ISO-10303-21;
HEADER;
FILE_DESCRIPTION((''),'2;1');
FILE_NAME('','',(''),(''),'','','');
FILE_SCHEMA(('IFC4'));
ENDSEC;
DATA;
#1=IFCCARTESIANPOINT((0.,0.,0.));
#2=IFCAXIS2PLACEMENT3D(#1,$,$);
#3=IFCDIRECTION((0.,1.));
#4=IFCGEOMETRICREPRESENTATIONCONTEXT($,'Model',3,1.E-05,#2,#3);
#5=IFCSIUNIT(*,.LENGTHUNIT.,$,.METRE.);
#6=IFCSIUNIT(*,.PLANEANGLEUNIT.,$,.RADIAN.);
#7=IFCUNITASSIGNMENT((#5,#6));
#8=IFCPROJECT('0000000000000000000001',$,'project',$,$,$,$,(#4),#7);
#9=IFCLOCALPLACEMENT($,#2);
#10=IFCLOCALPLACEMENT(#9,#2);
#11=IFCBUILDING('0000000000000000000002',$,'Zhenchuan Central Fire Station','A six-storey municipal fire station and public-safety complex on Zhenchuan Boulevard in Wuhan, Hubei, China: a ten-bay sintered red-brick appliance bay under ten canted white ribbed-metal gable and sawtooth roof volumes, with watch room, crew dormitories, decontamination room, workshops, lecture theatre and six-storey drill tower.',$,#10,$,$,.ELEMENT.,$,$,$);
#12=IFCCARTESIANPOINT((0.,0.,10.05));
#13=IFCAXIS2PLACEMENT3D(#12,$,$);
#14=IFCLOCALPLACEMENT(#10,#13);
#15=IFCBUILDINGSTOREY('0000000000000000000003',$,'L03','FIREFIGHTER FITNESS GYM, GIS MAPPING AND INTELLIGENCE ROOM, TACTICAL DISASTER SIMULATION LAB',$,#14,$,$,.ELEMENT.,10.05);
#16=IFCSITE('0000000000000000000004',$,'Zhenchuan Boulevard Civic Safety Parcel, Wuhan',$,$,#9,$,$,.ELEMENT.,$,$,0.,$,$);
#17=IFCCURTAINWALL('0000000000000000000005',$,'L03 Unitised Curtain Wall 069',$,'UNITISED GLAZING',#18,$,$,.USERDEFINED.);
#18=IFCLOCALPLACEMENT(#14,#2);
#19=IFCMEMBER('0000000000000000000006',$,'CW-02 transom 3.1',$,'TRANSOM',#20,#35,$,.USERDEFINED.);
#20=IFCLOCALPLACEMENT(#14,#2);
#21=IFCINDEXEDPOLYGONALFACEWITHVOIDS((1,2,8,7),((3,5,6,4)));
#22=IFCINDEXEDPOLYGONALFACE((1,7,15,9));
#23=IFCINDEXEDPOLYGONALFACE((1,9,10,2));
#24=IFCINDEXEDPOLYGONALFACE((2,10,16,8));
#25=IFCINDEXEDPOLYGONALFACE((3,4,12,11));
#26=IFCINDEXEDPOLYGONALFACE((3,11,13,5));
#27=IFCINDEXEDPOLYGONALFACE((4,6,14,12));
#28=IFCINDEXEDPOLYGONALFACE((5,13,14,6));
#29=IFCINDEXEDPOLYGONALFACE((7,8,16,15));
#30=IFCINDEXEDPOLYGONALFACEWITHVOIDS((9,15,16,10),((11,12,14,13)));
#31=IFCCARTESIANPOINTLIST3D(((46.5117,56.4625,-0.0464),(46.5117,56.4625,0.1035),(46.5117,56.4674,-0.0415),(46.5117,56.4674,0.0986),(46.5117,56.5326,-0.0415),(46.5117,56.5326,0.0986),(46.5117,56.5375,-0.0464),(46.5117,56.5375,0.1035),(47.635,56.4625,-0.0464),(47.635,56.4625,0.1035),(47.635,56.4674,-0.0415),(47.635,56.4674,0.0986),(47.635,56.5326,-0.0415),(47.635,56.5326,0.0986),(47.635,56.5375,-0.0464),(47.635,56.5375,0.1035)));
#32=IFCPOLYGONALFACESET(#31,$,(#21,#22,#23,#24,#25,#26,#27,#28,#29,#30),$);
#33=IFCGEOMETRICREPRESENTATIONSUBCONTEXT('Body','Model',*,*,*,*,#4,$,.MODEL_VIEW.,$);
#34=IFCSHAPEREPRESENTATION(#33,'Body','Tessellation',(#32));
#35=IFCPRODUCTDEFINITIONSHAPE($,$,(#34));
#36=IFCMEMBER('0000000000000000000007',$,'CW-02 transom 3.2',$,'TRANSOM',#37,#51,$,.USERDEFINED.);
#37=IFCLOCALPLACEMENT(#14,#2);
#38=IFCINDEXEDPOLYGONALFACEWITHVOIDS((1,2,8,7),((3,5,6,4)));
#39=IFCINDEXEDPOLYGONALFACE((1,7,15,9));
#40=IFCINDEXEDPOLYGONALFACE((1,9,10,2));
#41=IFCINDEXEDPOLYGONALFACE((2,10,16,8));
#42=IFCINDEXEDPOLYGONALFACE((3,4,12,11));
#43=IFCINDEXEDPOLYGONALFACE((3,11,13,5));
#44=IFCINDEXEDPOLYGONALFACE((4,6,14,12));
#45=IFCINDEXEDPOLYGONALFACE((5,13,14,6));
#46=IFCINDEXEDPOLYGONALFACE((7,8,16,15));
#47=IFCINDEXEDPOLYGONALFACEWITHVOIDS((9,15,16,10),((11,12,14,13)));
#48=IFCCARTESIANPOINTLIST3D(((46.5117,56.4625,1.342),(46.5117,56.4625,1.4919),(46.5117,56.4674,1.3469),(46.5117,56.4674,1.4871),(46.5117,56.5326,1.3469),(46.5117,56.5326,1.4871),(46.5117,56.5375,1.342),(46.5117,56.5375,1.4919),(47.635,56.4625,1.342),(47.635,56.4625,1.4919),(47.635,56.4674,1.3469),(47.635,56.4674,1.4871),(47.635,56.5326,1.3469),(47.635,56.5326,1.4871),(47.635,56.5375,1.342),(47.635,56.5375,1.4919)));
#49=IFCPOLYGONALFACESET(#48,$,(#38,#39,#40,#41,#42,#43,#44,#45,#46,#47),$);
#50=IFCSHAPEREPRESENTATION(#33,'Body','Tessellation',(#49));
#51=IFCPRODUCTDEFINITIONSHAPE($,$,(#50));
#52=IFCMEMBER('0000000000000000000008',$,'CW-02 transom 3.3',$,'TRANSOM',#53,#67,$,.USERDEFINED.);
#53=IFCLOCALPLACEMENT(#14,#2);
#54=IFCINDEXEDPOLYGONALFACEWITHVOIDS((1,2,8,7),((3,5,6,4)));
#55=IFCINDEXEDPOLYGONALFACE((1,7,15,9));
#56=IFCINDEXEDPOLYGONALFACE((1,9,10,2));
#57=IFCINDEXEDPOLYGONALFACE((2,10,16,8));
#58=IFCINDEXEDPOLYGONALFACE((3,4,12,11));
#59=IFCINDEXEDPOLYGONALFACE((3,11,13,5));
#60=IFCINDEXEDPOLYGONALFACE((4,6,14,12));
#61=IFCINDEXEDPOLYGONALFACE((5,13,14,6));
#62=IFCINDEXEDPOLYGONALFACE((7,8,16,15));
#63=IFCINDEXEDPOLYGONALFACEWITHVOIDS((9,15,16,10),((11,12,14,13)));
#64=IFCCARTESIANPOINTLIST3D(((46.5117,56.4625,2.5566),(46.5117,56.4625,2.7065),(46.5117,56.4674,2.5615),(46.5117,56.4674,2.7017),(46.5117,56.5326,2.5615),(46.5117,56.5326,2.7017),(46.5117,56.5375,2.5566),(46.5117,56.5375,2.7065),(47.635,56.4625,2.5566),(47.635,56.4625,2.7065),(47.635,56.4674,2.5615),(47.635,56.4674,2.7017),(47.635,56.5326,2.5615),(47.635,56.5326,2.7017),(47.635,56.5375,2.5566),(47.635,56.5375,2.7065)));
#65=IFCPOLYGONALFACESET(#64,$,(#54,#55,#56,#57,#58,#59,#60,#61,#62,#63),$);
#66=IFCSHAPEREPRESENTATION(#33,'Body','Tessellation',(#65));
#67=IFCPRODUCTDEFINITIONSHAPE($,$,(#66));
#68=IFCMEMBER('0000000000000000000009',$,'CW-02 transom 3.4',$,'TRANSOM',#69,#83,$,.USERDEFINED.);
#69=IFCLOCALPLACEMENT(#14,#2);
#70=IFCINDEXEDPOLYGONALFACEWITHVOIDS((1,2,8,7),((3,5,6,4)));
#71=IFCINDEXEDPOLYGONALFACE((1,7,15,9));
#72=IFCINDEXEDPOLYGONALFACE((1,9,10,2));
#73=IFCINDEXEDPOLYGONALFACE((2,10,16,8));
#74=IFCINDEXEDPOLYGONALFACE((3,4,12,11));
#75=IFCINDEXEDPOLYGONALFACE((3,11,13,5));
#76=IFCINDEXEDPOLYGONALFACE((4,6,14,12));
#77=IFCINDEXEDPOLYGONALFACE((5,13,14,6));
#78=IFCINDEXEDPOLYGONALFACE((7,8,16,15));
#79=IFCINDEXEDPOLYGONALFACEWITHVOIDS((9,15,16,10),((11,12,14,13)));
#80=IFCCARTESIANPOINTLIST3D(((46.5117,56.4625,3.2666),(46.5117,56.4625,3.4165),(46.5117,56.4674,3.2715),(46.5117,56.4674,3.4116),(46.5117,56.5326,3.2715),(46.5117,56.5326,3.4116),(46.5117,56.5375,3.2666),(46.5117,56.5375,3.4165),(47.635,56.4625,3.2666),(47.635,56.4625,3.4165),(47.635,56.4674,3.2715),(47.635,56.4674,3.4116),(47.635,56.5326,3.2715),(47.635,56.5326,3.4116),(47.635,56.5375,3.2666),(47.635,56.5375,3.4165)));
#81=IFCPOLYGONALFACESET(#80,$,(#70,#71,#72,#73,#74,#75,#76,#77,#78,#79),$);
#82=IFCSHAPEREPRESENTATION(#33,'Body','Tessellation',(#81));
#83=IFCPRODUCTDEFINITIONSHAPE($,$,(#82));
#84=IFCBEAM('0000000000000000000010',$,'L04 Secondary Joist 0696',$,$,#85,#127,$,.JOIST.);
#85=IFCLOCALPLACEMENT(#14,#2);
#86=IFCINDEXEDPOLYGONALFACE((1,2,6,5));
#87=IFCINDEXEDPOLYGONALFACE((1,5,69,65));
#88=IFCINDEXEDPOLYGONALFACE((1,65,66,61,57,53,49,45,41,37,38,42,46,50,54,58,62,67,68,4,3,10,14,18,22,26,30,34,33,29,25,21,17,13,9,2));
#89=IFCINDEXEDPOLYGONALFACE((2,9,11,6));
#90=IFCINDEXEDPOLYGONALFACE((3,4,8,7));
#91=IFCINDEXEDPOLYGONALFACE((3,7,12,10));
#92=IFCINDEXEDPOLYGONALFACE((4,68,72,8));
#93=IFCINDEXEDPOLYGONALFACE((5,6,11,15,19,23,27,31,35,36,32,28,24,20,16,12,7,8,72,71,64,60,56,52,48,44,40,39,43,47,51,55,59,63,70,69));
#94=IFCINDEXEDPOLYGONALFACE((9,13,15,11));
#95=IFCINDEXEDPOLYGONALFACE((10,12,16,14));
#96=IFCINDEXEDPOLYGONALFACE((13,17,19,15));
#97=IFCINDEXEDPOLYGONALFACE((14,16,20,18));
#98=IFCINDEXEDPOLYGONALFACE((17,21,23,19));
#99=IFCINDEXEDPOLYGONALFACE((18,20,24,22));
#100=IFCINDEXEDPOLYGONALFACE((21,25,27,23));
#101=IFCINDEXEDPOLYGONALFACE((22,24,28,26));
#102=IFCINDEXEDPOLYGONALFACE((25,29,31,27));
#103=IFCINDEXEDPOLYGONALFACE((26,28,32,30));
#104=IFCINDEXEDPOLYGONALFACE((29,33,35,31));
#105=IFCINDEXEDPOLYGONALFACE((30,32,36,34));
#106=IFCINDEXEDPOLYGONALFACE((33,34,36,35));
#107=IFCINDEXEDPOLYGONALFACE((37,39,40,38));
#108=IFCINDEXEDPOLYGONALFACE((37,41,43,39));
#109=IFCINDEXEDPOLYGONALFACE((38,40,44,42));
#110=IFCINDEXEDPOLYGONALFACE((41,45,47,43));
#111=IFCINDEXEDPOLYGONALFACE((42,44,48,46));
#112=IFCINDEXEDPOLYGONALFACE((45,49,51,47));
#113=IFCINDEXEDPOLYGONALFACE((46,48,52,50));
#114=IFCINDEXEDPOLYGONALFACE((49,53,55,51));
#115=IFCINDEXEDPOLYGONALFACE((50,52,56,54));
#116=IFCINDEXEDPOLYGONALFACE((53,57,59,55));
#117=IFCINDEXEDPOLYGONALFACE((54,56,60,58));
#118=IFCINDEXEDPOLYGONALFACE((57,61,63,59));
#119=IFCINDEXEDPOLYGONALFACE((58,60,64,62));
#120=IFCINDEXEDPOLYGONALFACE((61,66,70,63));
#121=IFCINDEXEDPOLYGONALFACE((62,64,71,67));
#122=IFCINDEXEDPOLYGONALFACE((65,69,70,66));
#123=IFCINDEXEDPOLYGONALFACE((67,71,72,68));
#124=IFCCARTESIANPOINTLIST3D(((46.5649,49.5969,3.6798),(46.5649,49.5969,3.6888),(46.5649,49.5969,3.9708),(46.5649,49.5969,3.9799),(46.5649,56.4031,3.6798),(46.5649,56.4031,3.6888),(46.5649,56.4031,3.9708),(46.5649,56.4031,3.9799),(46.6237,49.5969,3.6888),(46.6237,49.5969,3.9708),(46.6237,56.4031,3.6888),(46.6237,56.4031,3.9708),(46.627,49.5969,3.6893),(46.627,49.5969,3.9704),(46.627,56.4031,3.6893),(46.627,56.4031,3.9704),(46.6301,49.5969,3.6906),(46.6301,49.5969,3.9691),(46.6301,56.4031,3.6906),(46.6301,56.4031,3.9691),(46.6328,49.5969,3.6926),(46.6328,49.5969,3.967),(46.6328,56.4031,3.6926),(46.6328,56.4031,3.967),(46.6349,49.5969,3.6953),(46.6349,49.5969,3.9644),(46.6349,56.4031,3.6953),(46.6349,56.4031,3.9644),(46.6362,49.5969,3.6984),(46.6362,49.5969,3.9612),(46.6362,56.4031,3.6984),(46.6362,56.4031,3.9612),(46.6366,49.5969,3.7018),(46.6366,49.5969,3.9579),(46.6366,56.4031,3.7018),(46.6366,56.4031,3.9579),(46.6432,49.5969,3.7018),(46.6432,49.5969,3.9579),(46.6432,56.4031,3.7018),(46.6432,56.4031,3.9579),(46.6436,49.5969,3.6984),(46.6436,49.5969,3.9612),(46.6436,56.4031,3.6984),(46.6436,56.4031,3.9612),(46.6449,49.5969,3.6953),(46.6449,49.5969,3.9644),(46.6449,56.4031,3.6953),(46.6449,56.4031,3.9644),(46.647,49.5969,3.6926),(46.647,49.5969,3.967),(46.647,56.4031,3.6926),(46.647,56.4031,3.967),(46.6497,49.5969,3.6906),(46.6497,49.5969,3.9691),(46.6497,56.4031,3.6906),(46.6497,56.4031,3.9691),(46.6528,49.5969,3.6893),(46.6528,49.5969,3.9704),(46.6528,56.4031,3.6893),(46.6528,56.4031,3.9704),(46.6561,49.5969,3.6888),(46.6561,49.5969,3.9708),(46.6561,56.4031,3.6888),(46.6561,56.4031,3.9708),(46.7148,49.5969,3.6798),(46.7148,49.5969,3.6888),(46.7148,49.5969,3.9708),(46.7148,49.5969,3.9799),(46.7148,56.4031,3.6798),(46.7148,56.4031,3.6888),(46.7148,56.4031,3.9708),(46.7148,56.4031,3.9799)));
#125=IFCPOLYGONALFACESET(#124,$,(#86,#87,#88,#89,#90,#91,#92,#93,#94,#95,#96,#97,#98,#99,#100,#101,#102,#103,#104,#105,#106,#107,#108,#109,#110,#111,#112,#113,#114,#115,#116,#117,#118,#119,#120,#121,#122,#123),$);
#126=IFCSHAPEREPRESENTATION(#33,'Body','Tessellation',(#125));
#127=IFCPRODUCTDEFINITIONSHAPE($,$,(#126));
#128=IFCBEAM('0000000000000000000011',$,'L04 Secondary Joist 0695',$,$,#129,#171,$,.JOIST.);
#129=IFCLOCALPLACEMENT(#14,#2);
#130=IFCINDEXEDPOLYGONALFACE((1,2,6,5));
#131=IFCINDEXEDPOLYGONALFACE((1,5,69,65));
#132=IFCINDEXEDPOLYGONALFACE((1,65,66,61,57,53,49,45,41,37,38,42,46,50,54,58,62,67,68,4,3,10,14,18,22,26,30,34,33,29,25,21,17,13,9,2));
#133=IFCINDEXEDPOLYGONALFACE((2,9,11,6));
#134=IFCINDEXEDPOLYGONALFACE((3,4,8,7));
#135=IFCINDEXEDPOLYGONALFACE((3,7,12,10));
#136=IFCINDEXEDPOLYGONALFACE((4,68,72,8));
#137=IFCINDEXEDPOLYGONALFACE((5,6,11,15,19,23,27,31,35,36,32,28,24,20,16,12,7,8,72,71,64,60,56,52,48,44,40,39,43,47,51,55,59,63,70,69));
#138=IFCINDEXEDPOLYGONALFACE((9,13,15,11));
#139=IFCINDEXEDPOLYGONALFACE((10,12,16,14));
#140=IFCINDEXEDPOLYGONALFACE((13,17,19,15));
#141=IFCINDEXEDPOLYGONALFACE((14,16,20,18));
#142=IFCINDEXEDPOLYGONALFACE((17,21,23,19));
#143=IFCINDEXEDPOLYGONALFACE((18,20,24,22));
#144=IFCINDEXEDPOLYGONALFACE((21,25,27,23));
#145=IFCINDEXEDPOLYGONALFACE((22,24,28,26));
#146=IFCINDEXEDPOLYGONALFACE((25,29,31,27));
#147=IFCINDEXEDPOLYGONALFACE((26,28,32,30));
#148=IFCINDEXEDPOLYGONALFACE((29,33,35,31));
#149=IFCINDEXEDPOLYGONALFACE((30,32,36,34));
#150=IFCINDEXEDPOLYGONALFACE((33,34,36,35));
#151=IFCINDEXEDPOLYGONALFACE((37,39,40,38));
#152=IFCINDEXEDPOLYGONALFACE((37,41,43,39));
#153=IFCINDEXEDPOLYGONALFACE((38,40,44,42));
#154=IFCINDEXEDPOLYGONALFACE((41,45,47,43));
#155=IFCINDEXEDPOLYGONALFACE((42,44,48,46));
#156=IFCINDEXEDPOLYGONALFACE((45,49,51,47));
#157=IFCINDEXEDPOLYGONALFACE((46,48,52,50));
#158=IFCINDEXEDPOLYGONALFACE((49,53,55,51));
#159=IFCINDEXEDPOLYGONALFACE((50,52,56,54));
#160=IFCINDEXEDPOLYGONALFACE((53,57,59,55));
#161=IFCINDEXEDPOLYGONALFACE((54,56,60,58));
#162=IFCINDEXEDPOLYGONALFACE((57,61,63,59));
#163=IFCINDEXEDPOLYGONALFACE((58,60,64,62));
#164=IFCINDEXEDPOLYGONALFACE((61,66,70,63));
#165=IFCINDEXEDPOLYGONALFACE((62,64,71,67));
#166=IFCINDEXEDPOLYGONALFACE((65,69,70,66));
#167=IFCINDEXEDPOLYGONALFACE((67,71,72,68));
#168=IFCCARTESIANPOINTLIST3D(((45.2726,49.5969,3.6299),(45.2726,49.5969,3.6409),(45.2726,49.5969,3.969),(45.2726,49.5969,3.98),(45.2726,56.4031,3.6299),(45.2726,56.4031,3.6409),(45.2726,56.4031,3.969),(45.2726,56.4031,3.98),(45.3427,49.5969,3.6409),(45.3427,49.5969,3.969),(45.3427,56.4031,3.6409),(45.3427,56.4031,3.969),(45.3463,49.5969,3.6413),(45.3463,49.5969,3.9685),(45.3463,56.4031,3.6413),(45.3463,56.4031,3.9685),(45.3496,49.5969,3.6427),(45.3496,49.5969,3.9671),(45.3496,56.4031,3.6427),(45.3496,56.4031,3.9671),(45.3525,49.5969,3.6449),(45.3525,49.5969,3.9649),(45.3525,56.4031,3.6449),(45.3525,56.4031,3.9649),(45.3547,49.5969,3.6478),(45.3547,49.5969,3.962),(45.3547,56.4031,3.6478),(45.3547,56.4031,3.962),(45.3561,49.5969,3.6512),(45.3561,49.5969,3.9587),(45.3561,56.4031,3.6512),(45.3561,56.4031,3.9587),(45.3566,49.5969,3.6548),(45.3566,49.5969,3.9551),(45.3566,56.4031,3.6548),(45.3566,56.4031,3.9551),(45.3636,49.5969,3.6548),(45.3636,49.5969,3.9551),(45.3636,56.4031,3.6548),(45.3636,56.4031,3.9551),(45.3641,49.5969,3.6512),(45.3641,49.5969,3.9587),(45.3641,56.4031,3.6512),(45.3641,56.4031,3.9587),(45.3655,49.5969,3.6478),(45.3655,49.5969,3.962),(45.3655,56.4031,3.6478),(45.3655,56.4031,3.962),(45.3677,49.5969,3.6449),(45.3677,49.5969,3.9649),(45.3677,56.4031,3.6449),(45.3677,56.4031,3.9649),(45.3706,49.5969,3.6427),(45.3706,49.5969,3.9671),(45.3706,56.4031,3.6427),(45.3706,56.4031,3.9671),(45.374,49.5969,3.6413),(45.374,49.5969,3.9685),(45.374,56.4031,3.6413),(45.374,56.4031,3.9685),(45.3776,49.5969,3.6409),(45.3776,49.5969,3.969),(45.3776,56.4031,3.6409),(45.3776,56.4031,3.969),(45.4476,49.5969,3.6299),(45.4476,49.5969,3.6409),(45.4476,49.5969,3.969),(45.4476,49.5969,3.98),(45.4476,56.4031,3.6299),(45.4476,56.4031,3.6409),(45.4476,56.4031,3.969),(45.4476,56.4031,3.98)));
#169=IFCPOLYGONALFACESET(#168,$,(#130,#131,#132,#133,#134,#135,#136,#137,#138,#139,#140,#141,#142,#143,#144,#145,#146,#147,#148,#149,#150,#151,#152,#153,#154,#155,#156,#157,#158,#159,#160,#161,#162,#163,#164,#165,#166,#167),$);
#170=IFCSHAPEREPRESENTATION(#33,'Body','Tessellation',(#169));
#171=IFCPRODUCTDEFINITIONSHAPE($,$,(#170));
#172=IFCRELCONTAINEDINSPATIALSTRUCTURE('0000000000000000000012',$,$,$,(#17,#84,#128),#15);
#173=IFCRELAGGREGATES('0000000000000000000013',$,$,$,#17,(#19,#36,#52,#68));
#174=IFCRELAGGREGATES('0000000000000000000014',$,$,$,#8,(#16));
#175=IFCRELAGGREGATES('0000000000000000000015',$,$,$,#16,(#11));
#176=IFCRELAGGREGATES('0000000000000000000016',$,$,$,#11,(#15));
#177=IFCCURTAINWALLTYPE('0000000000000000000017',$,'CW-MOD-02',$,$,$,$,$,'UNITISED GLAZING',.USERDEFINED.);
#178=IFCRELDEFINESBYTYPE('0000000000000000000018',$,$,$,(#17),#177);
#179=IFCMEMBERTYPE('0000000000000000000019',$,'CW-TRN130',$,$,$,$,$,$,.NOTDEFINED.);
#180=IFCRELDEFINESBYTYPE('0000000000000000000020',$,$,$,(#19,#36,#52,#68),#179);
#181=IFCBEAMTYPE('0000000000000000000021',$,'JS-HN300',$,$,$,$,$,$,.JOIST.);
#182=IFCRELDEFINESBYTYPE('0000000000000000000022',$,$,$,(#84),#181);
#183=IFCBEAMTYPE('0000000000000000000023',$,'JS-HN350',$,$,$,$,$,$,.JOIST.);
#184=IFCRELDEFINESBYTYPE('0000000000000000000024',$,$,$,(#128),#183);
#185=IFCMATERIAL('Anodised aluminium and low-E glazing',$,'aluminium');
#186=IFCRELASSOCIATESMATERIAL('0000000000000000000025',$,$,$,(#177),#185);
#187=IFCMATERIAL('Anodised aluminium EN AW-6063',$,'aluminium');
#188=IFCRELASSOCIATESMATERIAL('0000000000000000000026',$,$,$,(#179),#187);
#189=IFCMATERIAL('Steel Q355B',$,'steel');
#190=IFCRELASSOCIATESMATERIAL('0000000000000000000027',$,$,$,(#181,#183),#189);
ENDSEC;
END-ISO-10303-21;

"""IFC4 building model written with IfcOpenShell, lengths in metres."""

from ifc_helpers import new_model, si_unit, direction, frame, origin, origin_2d, place, context, subcontext, project, spatial, hollow_rectangle, i_section, extrude, material, material_profile, profile_set, type_object, element, aggregate, save


model = new_model("IFC4")

# Units and contexts
model_context = context("Model", 3, precision=1e-05, world=origin(), true_north=direction((0.0, 1.0)))
body_context = subcontext(model_context, "Body", "Model", "MODEL_VIEW")
ifc_project = project(units=[si_unit("LENGTHUNIT", "METRE"), si_unit("PLANEANGLEUNIT", "RADIAN")], contexts=[model_context])

# Site, building, storey
site_placement = place(None, origin())
site = spatial("IfcSite", under=ifc_project, at=site_placement, Name="Zhenchuan Boulevard Civic Safety Parcel, Wuhan", CompositionType="ELEMENT", RefElevation=0.0)
building_placement = place(site_placement, origin())
building = spatial("IfcBuilding", under=site, at=building_placement, Name="Zhenchuan Central Fire Station", Description="A six-storey municipal fire station and public-safety complex on Zhenchuan Boulevard in Wuhan, Hubei, China: a ten-bay sintered red-brick appliance bay under ten canted white ribbed-metal gable and sawtooth roof volumes, with watch room, crew dormitories, decontamination room, workshops, lecture theatre and six-storey drill tower.", CompositionType="ELEMENT")
storey_placement = place(building_placement, frame((0.0, 0.0, 10.05)))
storey = spatial("IfcBuildingStorey", under=building, at=storey_placement, Name="L03", Description="FIREFIGHTER FITNESS GYM, GIS MAPPING AND INTELLIGENCE ROOM, TACTICAL DISASTER SIMULATION LAB", CompositionType="ELEMENT", Elevation=10.05)

# Shared definitions
ifc_material_1 = material(Name="Steel Q355B", Category="steel")

# Shared definitions
ifc_material_2 = material(Name="Anodised aluminium and low-E glazing", Category="aluminium")
ifc_material_3 = material(Name="Anodised aluminium EN AW-6063", Category="aluminium")

# Curtain wall, members
curtain_wall_type_1 = type_object("IfcCurtainWallType", Name="CW-MOD-02", ElementType="UNITISED GLAZING", PredefinedType="USERDEFINED", material=ifc_material_2)
curtain_wall_1_placement = place(storey_placement, origin())
curtain_wall_1 = element("IfcCurtainWall", 1, at=curtain_wall_1_placement, inside=storey, type_object=curtain_wall_type_1, Name="L03 Unitised Curtain Wall 069", ObjectType="UNITISED GLAZING", PredefinedType="USERDEFINED")
ifc_material_profile_1 = material_profile(ifc_material_3, hollow_rectangle(XDim=0.075, YDim=0.1499, WallThickness=0.0049, at=origin_2d()), Name="ALU-T 150x75")
ifc_profile_set_1 = profile_set([ifc_material_profile_1], Name="Anodised aluminium EN AW-6063")
member_type_1 = type_object("IfcMemberType", Name="CW-TRN130", PredefinedType="NOTDEFINED", material=ifc_profile_set_1)
member_1_placement = place(storey_placement, frame((46.5117, 56.5, 0.0286), z_axis=(1.0, 0.0, 0.0), x_axis=(0.0, 1.0, 0.0)))
member_1 = element("IfcMember", 2, at=member_1_placement, type_object=member_type_1, Name="CW-02 transom 3.1", ObjectType="TRANSOM", PredefinedType="USERDEFINED", context=body_context, shape_type="SweptSolid", body=[
    extrude(hollow_rectangle(XDim=0.075, YDim=0.1499, WallThickness=0.0049, at=origin_2d()), origin(), (0.0, 0.0, 1.0), 1.1233),
])
member_2_placement = place(storey_placement, frame((46.5117, 56.5, 1.417), z_axis=(1.0, 0.0, 0.0), x_axis=(0.0, 1.0, 0.0)))
member_2 = element("IfcMember", 3, at=member_2_placement, type_object=member_type_1, Name="CW-02 transom 3.2", ObjectType="TRANSOM", PredefinedType="USERDEFINED", context=body_context, shape_type="SweptSolid", body=[
    extrude(hollow_rectangle(XDim=0.075, YDim=0.1499, WallThickness=0.0049, at=origin_2d()), origin(), (0.0, 0.0, 1.0), 1.1233),
])
member_3_placement = place(storey_placement, frame((46.5117, 56.5, 2.6316), z_axis=(1.0, 0.0, 0.0), x_axis=(0.0, 1.0, 0.0)))
member_3 = element("IfcMember", 4, at=member_3_placement, type_object=member_type_1, Name="CW-02 transom 3.3", ObjectType="TRANSOM", PredefinedType="USERDEFINED", context=body_context, shape_type="SweptSolid", body=[
    extrude(hollow_rectangle(XDim=0.075, YDim=0.1499, WallThickness=0.0049, at=origin_2d()), origin(), (0.0, 0.0, 1.0), 1.1233),
])
member_4_placement = place(storey_placement, frame((46.5117, 56.5, 3.3416), z_axis=(1.0, 0.0, 0.0), x_axis=(0.0, 1.0, 0.0)))
member_4 = element("IfcMember", 5, at=member_4_placement, type_object=member_type_1, Name="CW-02 transom 3.4", ObjectType="TRANSOM", PredefinedType="USERDEFINED", context=body_context, shape_type="SweptSolid", body=[
    extrude(hollow_rectangle(XDim=0.075, YDim=0.1499, WallThickness=0.0049, at=origin_2d()), origin(), (0.0, 0.0, 1.0), 1.1233),
])

# Beams
ifc_material_profile_2 = material_profile(ifc_material_1, i_section(OverallWidth=0.1499, OverallDepth=0.3, WebThickness=0.0066, FlangeThickness=0.009, FilletRadius=0.0129, at=origin_2d()), Name="HN 300x150")
ifc_profile_set_2 = profile_set([ifc_material_profile_2], Name="Steel Q355B")
beam_type_1 = type_object("IfcBeamType", Name="JS-HN300", PredefinedType="JOIST", material=ifc_profile_set_2)
beam_1_placement = place(storey_placement, frame((46.6399, 49.5969, 3.8298), z_axis=(0.0, 1.0, 0.0), x_axis=(-1.0, 0.0, 0.0)))
element("IfcBeam", 6, at=beam_1_placement, inside=storey, type_object=beam_type_1, Name="L04 Secondary Joist 0696", PredefinedType="JOIST", context=body_context, shape_type="SweptSolid", body=[
    extrude(i_section(OverallWidth=0.1499, OverallDepth=0.3, WebThickness=0.0066, FlangeThickness=0.009, FilletRadius=0.0129, at=origin_2d()), origin(), (0.0, 0.0, 1.0), 6.8062),
])
ifc_material_profile_3 = material_profile(ifc_material_1, i_section(OverallWidth=0.175, OverallDepth=0.3501, WebThickness=0.0071, FlangeThickness=0.011, FilletRadius=0.0139, at=origin_2d()), Name="HN 350x175")
ifc_profile_set_3 = profile_set([ifc_material_profile_3], Name="Steel Q355B")
beam_type_2 = type_object("IfcBeamType", Name="JS-HN350", PredefinedType="JOIST", material=ifc_profile_set_3)
beam_2_placement = place(storey_placement, frame((45.3601, 49.5969, 3.8049), z_axis=(0.0, 1.0, 0.0), x_axis=(-1.0, 0.0, 0.0)))
element("IfcBeam", 7, at=beam_2_placement, inside=storey, type_object=beam_type_2, Name="L04 Secondary Joist 0695", PredefinedType="JOIST", context=body_context, shape_type="SweptSolid", body=[
    extrude(i_section(OverallWidth=0.175, OverallDepth=0.3501, WebThickness=0.0071, FlangeThickness=0.011, FilletRadius=0.0139, at=origin_2d()), origin(), (0.0, 0.0, 1.0), 6.8062),
])

aggregate(curtain_wall_1, [member_1, member_2, member_3, member_4])

save(model, "model.ifc")
